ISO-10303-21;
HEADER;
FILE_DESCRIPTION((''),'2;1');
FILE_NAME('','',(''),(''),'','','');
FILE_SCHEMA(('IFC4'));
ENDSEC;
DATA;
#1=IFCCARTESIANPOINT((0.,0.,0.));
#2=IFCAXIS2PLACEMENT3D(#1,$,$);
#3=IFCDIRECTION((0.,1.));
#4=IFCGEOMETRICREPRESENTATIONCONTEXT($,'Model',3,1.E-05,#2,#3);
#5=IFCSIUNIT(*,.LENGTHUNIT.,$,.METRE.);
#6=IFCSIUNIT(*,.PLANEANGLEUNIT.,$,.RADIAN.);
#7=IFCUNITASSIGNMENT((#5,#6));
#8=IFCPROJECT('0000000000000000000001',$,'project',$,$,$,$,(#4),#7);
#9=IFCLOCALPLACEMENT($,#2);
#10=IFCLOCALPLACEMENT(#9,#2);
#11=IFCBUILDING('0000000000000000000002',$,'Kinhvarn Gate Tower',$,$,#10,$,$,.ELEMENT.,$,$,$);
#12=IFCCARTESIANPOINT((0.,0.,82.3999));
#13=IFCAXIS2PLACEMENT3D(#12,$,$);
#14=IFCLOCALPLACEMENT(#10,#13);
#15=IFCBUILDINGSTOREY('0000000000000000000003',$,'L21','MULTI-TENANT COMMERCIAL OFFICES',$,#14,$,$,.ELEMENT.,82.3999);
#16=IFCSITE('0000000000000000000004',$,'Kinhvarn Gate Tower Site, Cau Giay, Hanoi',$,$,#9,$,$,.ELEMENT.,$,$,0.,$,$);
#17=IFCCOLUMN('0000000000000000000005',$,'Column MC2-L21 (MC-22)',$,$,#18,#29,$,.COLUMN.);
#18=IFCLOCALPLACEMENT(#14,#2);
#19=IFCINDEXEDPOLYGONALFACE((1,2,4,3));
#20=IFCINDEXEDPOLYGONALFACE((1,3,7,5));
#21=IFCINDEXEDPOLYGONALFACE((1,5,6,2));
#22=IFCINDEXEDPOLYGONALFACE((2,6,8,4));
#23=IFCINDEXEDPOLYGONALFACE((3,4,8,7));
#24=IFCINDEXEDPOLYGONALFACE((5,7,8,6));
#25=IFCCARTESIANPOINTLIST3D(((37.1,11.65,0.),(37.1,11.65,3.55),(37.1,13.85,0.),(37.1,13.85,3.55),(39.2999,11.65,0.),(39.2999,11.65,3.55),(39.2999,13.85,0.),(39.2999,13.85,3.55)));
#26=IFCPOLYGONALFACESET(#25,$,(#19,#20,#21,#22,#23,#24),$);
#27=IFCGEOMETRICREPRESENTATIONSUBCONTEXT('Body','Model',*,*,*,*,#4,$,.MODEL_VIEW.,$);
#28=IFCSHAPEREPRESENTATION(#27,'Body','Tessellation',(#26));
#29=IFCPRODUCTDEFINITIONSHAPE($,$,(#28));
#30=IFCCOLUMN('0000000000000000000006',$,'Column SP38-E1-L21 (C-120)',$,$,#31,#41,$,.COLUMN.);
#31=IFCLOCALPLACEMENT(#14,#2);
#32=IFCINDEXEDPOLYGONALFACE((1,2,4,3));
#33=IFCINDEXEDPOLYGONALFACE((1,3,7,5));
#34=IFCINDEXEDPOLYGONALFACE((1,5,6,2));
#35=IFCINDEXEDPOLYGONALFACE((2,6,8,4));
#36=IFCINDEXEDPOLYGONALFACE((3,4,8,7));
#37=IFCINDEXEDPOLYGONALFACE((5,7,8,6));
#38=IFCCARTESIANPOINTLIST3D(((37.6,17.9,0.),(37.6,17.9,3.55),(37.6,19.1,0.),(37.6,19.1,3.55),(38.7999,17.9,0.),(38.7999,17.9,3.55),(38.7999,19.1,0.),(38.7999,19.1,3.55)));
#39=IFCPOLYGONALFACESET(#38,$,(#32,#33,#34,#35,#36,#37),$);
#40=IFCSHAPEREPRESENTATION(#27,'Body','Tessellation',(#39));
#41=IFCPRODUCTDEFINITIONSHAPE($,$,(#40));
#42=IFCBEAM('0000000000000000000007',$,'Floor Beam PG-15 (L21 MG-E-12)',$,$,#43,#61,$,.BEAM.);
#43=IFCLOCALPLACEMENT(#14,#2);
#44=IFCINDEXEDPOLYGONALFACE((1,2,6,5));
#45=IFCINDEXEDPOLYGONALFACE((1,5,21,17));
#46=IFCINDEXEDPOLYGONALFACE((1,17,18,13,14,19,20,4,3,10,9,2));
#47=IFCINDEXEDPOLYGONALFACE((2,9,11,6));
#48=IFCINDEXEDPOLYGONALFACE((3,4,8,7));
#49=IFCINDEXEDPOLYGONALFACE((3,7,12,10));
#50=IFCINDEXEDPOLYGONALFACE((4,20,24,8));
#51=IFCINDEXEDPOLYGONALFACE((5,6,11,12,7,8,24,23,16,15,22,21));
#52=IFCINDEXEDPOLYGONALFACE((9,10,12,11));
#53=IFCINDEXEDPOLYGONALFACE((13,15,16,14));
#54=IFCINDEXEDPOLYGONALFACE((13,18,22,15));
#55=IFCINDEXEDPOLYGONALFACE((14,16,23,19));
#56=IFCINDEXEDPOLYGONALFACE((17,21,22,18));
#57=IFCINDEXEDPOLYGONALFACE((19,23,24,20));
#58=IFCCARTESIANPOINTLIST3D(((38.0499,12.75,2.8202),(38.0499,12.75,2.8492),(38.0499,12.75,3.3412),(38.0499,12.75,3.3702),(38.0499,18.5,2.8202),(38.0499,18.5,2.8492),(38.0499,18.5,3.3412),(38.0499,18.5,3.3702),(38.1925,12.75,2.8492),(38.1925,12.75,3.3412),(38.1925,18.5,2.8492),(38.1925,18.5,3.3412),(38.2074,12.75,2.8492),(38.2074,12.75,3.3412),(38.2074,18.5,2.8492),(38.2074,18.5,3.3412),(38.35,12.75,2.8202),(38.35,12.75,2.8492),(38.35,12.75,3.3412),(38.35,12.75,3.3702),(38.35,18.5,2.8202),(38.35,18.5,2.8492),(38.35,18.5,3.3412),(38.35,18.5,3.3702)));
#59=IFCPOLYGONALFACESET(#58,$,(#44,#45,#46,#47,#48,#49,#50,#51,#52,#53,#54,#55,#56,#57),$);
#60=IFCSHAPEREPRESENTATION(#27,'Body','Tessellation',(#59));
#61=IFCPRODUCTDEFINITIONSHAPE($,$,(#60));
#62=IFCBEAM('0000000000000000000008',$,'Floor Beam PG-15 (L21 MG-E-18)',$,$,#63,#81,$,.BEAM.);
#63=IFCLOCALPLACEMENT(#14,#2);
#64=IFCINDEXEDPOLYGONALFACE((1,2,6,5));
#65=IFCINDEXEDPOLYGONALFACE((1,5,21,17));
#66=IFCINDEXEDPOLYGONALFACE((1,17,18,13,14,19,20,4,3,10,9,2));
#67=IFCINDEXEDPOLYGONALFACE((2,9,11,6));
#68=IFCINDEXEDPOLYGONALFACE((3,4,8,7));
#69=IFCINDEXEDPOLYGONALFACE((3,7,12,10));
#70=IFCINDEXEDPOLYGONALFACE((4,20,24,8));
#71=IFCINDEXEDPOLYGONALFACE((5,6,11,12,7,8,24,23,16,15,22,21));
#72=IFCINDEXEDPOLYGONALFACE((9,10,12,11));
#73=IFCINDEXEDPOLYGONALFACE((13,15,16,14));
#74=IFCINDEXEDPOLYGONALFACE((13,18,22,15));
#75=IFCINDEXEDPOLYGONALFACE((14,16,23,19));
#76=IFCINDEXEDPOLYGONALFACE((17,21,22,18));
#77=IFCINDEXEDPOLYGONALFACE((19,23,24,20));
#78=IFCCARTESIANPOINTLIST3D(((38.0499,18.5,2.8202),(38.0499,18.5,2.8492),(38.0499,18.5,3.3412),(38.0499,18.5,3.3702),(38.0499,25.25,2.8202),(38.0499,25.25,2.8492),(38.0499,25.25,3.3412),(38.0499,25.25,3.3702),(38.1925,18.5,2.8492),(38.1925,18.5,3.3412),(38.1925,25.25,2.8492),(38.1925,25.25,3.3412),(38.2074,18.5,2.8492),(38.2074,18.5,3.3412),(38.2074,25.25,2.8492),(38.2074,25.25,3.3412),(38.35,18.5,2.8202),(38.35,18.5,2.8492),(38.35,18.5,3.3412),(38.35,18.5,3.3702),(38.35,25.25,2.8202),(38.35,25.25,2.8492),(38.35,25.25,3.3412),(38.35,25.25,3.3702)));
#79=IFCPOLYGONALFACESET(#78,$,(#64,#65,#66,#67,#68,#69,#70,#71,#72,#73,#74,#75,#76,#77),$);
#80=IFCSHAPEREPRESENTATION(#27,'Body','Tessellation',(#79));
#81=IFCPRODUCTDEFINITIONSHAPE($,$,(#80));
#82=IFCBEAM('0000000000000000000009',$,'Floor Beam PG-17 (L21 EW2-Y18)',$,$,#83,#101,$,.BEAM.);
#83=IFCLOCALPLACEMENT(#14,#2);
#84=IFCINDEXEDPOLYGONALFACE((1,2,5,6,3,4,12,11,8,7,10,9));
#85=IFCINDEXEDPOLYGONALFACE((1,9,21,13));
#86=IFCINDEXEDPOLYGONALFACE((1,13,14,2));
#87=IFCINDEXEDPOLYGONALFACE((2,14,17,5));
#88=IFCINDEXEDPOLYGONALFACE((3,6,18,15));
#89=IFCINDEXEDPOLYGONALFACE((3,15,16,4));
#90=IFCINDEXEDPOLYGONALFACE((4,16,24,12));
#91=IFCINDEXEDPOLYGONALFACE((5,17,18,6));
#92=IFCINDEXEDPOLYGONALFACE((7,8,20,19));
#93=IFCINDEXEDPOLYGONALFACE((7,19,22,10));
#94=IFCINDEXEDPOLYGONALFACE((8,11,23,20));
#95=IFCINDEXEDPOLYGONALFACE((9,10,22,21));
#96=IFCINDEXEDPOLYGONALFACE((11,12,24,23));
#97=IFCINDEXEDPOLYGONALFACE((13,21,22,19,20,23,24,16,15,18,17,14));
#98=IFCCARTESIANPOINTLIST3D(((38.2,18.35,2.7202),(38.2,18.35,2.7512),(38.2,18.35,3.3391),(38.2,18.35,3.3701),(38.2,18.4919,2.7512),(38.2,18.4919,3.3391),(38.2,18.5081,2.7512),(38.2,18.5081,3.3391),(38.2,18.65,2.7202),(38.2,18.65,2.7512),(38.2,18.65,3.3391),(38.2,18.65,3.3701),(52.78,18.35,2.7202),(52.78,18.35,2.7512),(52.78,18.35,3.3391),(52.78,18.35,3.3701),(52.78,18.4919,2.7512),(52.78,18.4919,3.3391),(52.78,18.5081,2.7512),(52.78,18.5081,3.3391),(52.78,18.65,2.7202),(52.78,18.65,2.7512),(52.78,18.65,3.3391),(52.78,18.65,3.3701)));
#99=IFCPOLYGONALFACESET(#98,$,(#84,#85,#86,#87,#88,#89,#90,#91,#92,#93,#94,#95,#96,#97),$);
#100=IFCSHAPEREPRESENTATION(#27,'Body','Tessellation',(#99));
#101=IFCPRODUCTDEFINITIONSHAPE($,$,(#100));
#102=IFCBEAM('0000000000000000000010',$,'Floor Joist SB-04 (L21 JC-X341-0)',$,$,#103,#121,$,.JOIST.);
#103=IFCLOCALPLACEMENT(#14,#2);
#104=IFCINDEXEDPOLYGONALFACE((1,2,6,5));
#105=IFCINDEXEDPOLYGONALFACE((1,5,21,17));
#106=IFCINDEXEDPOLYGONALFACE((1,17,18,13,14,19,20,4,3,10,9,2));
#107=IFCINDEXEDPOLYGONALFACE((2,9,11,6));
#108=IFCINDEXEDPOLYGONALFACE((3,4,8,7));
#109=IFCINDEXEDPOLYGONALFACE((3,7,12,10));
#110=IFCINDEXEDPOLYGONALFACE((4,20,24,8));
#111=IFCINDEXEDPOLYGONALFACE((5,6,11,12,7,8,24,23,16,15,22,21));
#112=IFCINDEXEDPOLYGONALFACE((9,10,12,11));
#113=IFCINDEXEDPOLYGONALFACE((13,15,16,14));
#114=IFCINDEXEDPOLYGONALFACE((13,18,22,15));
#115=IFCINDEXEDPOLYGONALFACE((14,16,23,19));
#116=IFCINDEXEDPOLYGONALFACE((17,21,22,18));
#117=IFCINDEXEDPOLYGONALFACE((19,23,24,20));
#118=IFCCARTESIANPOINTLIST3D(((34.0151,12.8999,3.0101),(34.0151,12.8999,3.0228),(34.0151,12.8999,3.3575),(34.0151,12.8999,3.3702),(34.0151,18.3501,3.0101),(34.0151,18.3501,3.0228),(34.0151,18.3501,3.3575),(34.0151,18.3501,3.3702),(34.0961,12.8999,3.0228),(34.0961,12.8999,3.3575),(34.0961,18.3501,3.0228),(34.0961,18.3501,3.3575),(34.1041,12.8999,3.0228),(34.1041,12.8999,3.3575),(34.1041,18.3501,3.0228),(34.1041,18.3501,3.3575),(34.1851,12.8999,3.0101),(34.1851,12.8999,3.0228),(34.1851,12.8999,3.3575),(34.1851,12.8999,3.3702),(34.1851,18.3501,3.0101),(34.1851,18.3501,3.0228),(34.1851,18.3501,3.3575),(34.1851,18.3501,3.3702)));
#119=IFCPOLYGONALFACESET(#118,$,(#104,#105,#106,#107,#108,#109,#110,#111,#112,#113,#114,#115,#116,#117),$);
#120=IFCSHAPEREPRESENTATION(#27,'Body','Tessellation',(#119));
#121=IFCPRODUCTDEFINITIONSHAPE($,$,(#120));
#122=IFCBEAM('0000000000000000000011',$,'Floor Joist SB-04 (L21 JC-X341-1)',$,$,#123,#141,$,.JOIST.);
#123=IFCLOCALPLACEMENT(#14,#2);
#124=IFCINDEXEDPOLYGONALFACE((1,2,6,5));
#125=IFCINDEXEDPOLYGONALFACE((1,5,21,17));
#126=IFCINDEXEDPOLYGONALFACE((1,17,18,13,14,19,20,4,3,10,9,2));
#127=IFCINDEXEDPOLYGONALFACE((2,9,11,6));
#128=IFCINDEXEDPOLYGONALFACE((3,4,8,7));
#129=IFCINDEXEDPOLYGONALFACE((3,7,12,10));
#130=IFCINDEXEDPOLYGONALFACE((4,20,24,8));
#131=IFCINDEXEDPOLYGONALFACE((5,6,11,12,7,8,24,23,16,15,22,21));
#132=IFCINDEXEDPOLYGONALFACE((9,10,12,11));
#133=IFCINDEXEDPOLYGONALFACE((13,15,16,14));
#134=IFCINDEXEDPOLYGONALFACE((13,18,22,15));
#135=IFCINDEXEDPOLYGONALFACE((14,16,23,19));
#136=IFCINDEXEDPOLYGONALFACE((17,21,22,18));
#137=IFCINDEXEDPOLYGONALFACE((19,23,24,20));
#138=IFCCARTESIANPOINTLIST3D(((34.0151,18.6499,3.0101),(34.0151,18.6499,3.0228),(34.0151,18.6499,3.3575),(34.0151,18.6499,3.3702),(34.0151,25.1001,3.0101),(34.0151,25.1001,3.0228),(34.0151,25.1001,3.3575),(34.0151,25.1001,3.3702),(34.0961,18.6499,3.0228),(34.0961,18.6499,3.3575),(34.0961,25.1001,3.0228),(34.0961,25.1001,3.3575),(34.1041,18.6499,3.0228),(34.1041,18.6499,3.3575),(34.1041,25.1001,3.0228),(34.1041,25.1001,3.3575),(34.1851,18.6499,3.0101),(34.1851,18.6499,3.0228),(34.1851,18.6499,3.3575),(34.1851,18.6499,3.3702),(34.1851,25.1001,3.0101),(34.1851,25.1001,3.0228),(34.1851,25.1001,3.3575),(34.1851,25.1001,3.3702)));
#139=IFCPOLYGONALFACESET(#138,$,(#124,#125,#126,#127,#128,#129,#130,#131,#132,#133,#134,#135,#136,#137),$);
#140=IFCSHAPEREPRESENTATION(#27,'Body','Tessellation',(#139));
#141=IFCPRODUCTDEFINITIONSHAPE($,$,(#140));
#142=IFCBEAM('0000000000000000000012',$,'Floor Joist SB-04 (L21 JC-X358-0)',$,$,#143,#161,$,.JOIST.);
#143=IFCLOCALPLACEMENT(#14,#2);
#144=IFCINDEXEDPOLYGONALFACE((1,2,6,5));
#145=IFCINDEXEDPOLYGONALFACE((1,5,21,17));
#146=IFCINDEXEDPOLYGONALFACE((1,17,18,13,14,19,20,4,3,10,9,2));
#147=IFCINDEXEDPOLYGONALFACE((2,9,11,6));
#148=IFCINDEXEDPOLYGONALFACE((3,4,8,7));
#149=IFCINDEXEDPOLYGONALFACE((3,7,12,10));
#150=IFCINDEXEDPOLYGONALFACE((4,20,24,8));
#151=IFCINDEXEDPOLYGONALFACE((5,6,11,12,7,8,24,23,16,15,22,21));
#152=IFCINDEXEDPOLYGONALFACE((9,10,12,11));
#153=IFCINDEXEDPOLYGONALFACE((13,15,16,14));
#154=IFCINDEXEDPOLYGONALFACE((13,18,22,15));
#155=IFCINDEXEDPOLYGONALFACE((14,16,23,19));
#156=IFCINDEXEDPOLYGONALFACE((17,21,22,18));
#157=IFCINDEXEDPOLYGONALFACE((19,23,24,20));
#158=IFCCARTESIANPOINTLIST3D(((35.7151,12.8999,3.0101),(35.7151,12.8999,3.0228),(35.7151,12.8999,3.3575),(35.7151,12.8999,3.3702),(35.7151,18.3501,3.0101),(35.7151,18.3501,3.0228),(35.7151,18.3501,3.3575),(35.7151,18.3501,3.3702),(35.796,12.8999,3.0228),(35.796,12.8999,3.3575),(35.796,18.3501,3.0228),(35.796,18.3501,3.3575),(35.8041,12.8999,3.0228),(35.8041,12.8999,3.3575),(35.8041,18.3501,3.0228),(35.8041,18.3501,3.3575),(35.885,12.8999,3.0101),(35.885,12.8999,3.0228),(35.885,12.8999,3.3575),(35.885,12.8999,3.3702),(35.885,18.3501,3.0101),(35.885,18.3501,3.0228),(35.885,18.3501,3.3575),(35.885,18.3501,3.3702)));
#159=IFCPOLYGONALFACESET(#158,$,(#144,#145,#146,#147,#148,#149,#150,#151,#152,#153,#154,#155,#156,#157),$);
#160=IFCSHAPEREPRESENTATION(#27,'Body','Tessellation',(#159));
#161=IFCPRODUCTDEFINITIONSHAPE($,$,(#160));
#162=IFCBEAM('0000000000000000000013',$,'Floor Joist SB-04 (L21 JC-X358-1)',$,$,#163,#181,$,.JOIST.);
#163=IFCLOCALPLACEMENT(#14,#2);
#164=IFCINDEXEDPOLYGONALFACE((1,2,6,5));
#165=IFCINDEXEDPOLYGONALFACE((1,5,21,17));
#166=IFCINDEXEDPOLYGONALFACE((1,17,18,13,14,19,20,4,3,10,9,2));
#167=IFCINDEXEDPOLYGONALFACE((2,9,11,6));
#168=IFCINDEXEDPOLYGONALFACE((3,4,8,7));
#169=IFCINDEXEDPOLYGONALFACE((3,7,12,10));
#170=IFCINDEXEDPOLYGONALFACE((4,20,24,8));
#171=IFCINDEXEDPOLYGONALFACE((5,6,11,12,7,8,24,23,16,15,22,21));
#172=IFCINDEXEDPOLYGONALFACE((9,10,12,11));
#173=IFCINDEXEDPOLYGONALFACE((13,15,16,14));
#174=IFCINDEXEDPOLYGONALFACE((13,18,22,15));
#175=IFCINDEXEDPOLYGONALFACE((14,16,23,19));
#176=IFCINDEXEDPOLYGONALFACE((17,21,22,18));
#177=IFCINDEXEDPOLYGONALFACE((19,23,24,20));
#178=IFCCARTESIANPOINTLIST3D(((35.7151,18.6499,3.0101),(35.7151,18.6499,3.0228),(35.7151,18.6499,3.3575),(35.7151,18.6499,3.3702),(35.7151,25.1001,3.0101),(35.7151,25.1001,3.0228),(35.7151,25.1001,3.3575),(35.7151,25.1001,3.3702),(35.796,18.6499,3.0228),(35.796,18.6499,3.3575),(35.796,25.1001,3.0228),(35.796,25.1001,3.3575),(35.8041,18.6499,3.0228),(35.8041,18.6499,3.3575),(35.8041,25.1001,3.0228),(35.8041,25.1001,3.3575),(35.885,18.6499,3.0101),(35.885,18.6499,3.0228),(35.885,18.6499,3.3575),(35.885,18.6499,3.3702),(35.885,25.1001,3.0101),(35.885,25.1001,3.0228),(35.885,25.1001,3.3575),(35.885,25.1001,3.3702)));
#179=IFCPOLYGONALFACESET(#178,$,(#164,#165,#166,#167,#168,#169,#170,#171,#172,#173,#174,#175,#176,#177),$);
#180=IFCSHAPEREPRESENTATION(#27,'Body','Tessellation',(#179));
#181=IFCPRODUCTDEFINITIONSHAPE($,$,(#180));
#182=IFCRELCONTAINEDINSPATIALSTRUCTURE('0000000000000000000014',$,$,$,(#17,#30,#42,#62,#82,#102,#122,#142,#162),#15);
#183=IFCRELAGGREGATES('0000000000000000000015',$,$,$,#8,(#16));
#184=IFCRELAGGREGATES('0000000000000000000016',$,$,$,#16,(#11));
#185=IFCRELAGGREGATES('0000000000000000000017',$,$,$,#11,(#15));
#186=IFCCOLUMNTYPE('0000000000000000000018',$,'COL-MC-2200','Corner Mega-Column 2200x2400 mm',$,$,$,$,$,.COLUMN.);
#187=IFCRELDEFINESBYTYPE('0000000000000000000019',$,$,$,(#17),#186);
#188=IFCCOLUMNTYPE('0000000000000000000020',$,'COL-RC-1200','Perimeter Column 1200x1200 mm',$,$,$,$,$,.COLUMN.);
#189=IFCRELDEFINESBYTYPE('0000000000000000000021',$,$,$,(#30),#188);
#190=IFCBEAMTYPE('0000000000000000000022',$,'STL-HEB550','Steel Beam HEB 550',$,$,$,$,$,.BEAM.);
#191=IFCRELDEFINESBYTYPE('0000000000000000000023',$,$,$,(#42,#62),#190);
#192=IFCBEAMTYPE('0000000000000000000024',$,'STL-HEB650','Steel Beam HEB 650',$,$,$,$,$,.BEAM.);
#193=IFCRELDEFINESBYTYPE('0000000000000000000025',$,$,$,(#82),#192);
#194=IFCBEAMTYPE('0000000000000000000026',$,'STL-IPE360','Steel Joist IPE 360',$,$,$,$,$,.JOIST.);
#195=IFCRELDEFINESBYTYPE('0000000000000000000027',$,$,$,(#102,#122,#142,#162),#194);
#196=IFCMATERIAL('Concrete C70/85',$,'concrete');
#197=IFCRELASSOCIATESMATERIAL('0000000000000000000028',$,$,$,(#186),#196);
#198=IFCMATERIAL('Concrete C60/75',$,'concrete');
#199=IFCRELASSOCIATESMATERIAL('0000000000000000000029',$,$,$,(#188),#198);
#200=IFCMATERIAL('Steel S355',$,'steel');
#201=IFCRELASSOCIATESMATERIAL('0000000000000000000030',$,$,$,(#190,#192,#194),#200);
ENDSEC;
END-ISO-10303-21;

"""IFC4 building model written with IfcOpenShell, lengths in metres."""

from ifc_helpers import new_model, si_unit, direction, frame, origin, origin_2d, place, context, subcontext, project, spatial, rectangle, i_section, extrude, material, material_profile, profile_set, type_object, element, save


model = new_model("IFC4")

# Units and contexts
model_context = context("Model", 3, precision=1e-05, world=origin(), true_north=direction((0.0, 1.0)))
body_context = subcontext(model_context, "Body", "Model", "MODEL_VIEW")
ifc_project = project(units=[si_unit("LENGTHUNIT", "METRE"), si_unit("PLANEANGLEUNIT", "RADIAN")], contexts=[model_context])

# Site, building, storey
site_placement = place(None, origin())
site = spatial("IfcSite", under=ifc_project, at=site_placement, Name="Kinhvarn Gate Tower Site, Cau Giay, Hanoi", CompositionType="ELEMENT", RefElevation=0.0)
building_placement = place(site_placement, origin())
building = spatial("IfcBuilding", under=site, at=building_placement, Name="Kinhvarn Gate Tower", CompositionType="ELEMENT")
storey_placement = place(building_placement, frame((0.0, 0.0, 82.3999)))
storey = spatial("IfcBuildingStorey", under=building, at=storey_placement, Name="L21", Description="MULTI-TENANT COMMERCIAL OFFICES", CompositionType="ELEMENT", Elevation=82.3999)

# Columns
ifc_material_1 = material(Name="Concrete C70/85", Category="concrete")
ifc_material_profile_1 = material_profile(ifc_material_1, rectangle(XDim=2.2, YDim=2.2, at=origin_2d()), Name="RC 2200x2200")
ifc_profile_set_1 = profile_set([ifc_material_profile_1], Name="Concrete C70/85")
column_type_1 = type_object("IfcColumnType", Name="COL-MC-2200", Description="Corner Mega-Column 2200x2400 mm", PredefinedType="COLUMN", material=ifc_profile_set_1)
column_1_placement = place(storey_placement, frame((38.2, 12.75, 0.0), z_axis=(0.0, 0.0, 1.0), x_axis=(1.0, 0.0, 0.0)))
element("IfcColumn", 1, at=column_1_placement, inside=storey, type_object=column_type_1, Name="Column MC2-L21 (MC-22)", PredefinedType="COLUMN", context=body_context, shape_type="SweptSolid", body=[
    extrude(rectangle(XDim=2.2, YDim=2.2, at=origin_2d()), origin(), (0.0, 0.0, 1.0), 3.55),
])
ifc_material_2 = material(Name="Concrete C60/75", Category="concrete")
ifc_material_profile_2 = material_profile(ifc_material_2, rectangle(XDim=1.2, YDim=1.2, at=origin_2d()), Name="RC 1200x1200")
ifc_profile_set_2 = profile_set([ifc_material_profile_2], Name="Concrete C60/75")
column_type_2 = type_object("IfcColumnType", Name="COL-RC-1200", Description="Perimeter Column 1200x1200 mm", PredefinedType="COLUMN", material=ifc_profile_set_2)
column_2_placement = place(storey_placement, frame((38.2, 18.5, 0.0), z_axis=(0.0, 0.0, 1.0), x_axis=(1.0, 0.0, 0.0)))
element("IfcColumn", 2, at=column_2_placement, inside=storey, type_object=column_type_2, Name="Column SP38-E1-L21 (C-120)", PredefinedType="COLUMN", context=body_context, shape_type="SweptSolid", body=[
    extrude(rectangle(XDim=1.2, YDim=1.2, at=origin_2d()), origin(), (0.0, 0.0, 1.0), 3.55),
])

# Beams
ifc_material_3 = material(Name="Steel S355", Category="steel")
ifc_material_profile_3 = material_profile(ifc_material_3, i_section(OverallWidth=0.3, OverallDepth=0.55, WebThickness=0.0149, FlangeThickness=0.0291, at=origin_2d()), Name="HEB 550")
ifc_profile_set_3 = profile_set([ifc_material_profile_3], Name="Steel S355")
beam_type_1 = type_object("IfcBeamType", Name="STL-HEB550", Description="Steel Beam HEB 550", PredefinedType="BEAM", material=ifc_profile_set_3)
beam_1_placement = place(storey_placement, frame((38.2, 12.75, 3.0952), z_axis=(0.0, 1.0, 0.0), x_axis=(-1.0, 0.0, 0.0)))
element("IfcBeam", 3, at=beam_1_placement, inside=storey, type_object=beam_type_1, Name="Floor Beam PG-15 (L21 MG-E-12)", PredefinedType="BEAM", context=body_context, shape_type="SweptSolid", body=[
    extrude(i_section(OverallWidth=0.3, OverallDepth=0.55, WebThickness=0.0149, FlangeThickness=0.0291, at=origin_2d()), origin(), (0.0, 0.0, 1.0), 5.75),
])
beam_2_placement = place(storey_placement, frame((38.2, 18.5, 3.0952), z_axis=(0.0, 1.0, 0.0), x_axis=(-1.0, 0.0, 0.0)))
element("IfcBeam", 4, at=beam_2_placement, inside=storey, type_object=beam_type_1, Name="Floor Beam PG-15 (L21 MG-E-18)", PredefinedType="BEAM", context=body_context, shape_type="SweptSolid", body=[
    extrude(i_section(OverallWidth=0.3, OverallDepth=0.55, WebThickness=0.0149, FlangeThickness=0.0291, at=origin_2d()), origin(), (0.0, 0.0, 1.0), 6.75),
])
ifc_material_profile_4 = material_profile(ifc_material_3, i_section(OverallWidth=0.3, OverallDepth=0.6499, WebThickness=0.0161, FlangeThickness=0.031, at=origin_2d()), Name="HEB 650")
ifc_profile_set_4 = profile_set([ifc_material_profile_4], Name="Steel S355")
beam_type_2 = type_object("IfcBeamType", Name="STL-HEB650", Description="Steel Beam HEB 650", PredefinedType="BEAM", material=ifc_profile_set_4)
beam_3_placement = place(storey_placement, frame((38.2, 18.5, 3.0452), z_axis=(1.0, 0.0, 0.0), x_axis=(0.0, 1.0, 0.0)))
element("IfcBeam", 5, at=beam_3_placement, inside=storey, type_object=beam_type_2, Name="Floor Beam PG-17 (L21 EW2-Y18)", PredefinedType="BEAM", context=body_context, shape_type="SweptSolid", body=[
    extrude(i_section(OverallWidth=0.3, OverallDepth=0.6499, WebThickness=0.0161, FlangeThickness=0.031, at=origin_2d()), origin(), (0.0, 0.0, 1.0), 14.5801),
])
ifc_material_profile_5 = material_profile(ifc_material_3, i_section(OverallWidth=0.1699, OverallDepth=0.3601, WebThickness=0.0081, FlangeThickness=0.0127, at=origin_2d()), Name="IPE 360")
ifc_profile_set_5 = profile_set([ifc_material_profile_5], Name="Steel S355")
beam_type_3 = type_object("IfcBeamType", Name="STL-IPE360", Description="Steel Joist IPE 360", PredefinedType="JOIST", material=ifc_profile_set_5)
beam_4_placement = place(storey_placement, frame((34.1001, 12.8999, 3.1902), z_axis=(0.0, 1.0, 0.0), x_axis=(-1.0, 0.0, 0.0)))
element("IfcBeam", 6, at=beam_4_placement, inside=storey, type_object=beam_type_3, Name="Floor Joist SB-04 (L21 JC-X341-0)", PredefinedType="JOIST", context=body_context, shape_type="SweptSolid", body=[
    extrude(i_section(OverallWidth=0.1699, OverallDepth=0.3601, WebThickness=0.0081, FlangeThickness=0.0127, at=origin_2d()), origin(), (0.0, 0.0, 1.0), 5.4502),
])
beam_5_placement = place(storey_placement, frame((34.1001, 18.6499, 3.1902), z_axis=(0.0, 1.0, 0.0), x_axis=(-1.0, 0.0, 0.0)))
element("IfcBeam", 7, at=beam_5_placement, inside=storey, type_object=beam_type_3, Name="Floor Joist SB-04 (L21 JC-X341-1)", PredefinedType="JOIST", context=body_context, shape_type="SweptSolid", body=[
    extrude(i_section(OverallWidth=0.1699, OverallDepth=0.3601, WebThickness=0.0081, FlangeThickness=0.0127, at=origin_2d()), origin(), (0.0, 0.0, 1.0), 6.4502),
])
beam_6_placement = place(storey_placement, frame((35.8, 12.8999, 3.1902), z_axis=(0.0, 1.0, 0.0), x_axis=(-1.0, 0.0, 0.0)))
element("IfcBeam", 8, at=beam_6_placement, inside=storey, type_object=beam_type_3, Name="Floor Joist SB-04 (L21 JC-X358-0)", PredefinedType="JOIST", context=body_context, shape_type="SweptSolid", body=[
    extrude(i_section(OverallWidth=0.1699, OverallDepth=0.3601, WebThickness=0.0081, FlangeThickness=0.0127, at=origin_2d()), origin(), (0.0, 0.0, 1.0), 5.4502),
])
beam_7_placement = place(storey_placement, frame((35.8, 18.6499, 3.1902), z_axis=(0.0, 1.0, 0.0), x_axis=(-1.0, 0.0, 0.0)))
element("IfcBeam", 9, at=beam_7_placement, inside=storey, type_object=beam_type_3, Name="Floor Joist SB-04 (L21 JC-X358-1)", PredefinedType="JOIST", context=body_context, shape_type="SweptSolid", body=[
    extrude(i_section(OverallWidth=0.1699, OverallDepth=0.3601, WebThickness=0.0081, FlangeThickness=0.0127, at=origin_2d()), origin(), (0.0, 0.0, 1.0), 6.4502),
])

save(model, "model.ifc")
